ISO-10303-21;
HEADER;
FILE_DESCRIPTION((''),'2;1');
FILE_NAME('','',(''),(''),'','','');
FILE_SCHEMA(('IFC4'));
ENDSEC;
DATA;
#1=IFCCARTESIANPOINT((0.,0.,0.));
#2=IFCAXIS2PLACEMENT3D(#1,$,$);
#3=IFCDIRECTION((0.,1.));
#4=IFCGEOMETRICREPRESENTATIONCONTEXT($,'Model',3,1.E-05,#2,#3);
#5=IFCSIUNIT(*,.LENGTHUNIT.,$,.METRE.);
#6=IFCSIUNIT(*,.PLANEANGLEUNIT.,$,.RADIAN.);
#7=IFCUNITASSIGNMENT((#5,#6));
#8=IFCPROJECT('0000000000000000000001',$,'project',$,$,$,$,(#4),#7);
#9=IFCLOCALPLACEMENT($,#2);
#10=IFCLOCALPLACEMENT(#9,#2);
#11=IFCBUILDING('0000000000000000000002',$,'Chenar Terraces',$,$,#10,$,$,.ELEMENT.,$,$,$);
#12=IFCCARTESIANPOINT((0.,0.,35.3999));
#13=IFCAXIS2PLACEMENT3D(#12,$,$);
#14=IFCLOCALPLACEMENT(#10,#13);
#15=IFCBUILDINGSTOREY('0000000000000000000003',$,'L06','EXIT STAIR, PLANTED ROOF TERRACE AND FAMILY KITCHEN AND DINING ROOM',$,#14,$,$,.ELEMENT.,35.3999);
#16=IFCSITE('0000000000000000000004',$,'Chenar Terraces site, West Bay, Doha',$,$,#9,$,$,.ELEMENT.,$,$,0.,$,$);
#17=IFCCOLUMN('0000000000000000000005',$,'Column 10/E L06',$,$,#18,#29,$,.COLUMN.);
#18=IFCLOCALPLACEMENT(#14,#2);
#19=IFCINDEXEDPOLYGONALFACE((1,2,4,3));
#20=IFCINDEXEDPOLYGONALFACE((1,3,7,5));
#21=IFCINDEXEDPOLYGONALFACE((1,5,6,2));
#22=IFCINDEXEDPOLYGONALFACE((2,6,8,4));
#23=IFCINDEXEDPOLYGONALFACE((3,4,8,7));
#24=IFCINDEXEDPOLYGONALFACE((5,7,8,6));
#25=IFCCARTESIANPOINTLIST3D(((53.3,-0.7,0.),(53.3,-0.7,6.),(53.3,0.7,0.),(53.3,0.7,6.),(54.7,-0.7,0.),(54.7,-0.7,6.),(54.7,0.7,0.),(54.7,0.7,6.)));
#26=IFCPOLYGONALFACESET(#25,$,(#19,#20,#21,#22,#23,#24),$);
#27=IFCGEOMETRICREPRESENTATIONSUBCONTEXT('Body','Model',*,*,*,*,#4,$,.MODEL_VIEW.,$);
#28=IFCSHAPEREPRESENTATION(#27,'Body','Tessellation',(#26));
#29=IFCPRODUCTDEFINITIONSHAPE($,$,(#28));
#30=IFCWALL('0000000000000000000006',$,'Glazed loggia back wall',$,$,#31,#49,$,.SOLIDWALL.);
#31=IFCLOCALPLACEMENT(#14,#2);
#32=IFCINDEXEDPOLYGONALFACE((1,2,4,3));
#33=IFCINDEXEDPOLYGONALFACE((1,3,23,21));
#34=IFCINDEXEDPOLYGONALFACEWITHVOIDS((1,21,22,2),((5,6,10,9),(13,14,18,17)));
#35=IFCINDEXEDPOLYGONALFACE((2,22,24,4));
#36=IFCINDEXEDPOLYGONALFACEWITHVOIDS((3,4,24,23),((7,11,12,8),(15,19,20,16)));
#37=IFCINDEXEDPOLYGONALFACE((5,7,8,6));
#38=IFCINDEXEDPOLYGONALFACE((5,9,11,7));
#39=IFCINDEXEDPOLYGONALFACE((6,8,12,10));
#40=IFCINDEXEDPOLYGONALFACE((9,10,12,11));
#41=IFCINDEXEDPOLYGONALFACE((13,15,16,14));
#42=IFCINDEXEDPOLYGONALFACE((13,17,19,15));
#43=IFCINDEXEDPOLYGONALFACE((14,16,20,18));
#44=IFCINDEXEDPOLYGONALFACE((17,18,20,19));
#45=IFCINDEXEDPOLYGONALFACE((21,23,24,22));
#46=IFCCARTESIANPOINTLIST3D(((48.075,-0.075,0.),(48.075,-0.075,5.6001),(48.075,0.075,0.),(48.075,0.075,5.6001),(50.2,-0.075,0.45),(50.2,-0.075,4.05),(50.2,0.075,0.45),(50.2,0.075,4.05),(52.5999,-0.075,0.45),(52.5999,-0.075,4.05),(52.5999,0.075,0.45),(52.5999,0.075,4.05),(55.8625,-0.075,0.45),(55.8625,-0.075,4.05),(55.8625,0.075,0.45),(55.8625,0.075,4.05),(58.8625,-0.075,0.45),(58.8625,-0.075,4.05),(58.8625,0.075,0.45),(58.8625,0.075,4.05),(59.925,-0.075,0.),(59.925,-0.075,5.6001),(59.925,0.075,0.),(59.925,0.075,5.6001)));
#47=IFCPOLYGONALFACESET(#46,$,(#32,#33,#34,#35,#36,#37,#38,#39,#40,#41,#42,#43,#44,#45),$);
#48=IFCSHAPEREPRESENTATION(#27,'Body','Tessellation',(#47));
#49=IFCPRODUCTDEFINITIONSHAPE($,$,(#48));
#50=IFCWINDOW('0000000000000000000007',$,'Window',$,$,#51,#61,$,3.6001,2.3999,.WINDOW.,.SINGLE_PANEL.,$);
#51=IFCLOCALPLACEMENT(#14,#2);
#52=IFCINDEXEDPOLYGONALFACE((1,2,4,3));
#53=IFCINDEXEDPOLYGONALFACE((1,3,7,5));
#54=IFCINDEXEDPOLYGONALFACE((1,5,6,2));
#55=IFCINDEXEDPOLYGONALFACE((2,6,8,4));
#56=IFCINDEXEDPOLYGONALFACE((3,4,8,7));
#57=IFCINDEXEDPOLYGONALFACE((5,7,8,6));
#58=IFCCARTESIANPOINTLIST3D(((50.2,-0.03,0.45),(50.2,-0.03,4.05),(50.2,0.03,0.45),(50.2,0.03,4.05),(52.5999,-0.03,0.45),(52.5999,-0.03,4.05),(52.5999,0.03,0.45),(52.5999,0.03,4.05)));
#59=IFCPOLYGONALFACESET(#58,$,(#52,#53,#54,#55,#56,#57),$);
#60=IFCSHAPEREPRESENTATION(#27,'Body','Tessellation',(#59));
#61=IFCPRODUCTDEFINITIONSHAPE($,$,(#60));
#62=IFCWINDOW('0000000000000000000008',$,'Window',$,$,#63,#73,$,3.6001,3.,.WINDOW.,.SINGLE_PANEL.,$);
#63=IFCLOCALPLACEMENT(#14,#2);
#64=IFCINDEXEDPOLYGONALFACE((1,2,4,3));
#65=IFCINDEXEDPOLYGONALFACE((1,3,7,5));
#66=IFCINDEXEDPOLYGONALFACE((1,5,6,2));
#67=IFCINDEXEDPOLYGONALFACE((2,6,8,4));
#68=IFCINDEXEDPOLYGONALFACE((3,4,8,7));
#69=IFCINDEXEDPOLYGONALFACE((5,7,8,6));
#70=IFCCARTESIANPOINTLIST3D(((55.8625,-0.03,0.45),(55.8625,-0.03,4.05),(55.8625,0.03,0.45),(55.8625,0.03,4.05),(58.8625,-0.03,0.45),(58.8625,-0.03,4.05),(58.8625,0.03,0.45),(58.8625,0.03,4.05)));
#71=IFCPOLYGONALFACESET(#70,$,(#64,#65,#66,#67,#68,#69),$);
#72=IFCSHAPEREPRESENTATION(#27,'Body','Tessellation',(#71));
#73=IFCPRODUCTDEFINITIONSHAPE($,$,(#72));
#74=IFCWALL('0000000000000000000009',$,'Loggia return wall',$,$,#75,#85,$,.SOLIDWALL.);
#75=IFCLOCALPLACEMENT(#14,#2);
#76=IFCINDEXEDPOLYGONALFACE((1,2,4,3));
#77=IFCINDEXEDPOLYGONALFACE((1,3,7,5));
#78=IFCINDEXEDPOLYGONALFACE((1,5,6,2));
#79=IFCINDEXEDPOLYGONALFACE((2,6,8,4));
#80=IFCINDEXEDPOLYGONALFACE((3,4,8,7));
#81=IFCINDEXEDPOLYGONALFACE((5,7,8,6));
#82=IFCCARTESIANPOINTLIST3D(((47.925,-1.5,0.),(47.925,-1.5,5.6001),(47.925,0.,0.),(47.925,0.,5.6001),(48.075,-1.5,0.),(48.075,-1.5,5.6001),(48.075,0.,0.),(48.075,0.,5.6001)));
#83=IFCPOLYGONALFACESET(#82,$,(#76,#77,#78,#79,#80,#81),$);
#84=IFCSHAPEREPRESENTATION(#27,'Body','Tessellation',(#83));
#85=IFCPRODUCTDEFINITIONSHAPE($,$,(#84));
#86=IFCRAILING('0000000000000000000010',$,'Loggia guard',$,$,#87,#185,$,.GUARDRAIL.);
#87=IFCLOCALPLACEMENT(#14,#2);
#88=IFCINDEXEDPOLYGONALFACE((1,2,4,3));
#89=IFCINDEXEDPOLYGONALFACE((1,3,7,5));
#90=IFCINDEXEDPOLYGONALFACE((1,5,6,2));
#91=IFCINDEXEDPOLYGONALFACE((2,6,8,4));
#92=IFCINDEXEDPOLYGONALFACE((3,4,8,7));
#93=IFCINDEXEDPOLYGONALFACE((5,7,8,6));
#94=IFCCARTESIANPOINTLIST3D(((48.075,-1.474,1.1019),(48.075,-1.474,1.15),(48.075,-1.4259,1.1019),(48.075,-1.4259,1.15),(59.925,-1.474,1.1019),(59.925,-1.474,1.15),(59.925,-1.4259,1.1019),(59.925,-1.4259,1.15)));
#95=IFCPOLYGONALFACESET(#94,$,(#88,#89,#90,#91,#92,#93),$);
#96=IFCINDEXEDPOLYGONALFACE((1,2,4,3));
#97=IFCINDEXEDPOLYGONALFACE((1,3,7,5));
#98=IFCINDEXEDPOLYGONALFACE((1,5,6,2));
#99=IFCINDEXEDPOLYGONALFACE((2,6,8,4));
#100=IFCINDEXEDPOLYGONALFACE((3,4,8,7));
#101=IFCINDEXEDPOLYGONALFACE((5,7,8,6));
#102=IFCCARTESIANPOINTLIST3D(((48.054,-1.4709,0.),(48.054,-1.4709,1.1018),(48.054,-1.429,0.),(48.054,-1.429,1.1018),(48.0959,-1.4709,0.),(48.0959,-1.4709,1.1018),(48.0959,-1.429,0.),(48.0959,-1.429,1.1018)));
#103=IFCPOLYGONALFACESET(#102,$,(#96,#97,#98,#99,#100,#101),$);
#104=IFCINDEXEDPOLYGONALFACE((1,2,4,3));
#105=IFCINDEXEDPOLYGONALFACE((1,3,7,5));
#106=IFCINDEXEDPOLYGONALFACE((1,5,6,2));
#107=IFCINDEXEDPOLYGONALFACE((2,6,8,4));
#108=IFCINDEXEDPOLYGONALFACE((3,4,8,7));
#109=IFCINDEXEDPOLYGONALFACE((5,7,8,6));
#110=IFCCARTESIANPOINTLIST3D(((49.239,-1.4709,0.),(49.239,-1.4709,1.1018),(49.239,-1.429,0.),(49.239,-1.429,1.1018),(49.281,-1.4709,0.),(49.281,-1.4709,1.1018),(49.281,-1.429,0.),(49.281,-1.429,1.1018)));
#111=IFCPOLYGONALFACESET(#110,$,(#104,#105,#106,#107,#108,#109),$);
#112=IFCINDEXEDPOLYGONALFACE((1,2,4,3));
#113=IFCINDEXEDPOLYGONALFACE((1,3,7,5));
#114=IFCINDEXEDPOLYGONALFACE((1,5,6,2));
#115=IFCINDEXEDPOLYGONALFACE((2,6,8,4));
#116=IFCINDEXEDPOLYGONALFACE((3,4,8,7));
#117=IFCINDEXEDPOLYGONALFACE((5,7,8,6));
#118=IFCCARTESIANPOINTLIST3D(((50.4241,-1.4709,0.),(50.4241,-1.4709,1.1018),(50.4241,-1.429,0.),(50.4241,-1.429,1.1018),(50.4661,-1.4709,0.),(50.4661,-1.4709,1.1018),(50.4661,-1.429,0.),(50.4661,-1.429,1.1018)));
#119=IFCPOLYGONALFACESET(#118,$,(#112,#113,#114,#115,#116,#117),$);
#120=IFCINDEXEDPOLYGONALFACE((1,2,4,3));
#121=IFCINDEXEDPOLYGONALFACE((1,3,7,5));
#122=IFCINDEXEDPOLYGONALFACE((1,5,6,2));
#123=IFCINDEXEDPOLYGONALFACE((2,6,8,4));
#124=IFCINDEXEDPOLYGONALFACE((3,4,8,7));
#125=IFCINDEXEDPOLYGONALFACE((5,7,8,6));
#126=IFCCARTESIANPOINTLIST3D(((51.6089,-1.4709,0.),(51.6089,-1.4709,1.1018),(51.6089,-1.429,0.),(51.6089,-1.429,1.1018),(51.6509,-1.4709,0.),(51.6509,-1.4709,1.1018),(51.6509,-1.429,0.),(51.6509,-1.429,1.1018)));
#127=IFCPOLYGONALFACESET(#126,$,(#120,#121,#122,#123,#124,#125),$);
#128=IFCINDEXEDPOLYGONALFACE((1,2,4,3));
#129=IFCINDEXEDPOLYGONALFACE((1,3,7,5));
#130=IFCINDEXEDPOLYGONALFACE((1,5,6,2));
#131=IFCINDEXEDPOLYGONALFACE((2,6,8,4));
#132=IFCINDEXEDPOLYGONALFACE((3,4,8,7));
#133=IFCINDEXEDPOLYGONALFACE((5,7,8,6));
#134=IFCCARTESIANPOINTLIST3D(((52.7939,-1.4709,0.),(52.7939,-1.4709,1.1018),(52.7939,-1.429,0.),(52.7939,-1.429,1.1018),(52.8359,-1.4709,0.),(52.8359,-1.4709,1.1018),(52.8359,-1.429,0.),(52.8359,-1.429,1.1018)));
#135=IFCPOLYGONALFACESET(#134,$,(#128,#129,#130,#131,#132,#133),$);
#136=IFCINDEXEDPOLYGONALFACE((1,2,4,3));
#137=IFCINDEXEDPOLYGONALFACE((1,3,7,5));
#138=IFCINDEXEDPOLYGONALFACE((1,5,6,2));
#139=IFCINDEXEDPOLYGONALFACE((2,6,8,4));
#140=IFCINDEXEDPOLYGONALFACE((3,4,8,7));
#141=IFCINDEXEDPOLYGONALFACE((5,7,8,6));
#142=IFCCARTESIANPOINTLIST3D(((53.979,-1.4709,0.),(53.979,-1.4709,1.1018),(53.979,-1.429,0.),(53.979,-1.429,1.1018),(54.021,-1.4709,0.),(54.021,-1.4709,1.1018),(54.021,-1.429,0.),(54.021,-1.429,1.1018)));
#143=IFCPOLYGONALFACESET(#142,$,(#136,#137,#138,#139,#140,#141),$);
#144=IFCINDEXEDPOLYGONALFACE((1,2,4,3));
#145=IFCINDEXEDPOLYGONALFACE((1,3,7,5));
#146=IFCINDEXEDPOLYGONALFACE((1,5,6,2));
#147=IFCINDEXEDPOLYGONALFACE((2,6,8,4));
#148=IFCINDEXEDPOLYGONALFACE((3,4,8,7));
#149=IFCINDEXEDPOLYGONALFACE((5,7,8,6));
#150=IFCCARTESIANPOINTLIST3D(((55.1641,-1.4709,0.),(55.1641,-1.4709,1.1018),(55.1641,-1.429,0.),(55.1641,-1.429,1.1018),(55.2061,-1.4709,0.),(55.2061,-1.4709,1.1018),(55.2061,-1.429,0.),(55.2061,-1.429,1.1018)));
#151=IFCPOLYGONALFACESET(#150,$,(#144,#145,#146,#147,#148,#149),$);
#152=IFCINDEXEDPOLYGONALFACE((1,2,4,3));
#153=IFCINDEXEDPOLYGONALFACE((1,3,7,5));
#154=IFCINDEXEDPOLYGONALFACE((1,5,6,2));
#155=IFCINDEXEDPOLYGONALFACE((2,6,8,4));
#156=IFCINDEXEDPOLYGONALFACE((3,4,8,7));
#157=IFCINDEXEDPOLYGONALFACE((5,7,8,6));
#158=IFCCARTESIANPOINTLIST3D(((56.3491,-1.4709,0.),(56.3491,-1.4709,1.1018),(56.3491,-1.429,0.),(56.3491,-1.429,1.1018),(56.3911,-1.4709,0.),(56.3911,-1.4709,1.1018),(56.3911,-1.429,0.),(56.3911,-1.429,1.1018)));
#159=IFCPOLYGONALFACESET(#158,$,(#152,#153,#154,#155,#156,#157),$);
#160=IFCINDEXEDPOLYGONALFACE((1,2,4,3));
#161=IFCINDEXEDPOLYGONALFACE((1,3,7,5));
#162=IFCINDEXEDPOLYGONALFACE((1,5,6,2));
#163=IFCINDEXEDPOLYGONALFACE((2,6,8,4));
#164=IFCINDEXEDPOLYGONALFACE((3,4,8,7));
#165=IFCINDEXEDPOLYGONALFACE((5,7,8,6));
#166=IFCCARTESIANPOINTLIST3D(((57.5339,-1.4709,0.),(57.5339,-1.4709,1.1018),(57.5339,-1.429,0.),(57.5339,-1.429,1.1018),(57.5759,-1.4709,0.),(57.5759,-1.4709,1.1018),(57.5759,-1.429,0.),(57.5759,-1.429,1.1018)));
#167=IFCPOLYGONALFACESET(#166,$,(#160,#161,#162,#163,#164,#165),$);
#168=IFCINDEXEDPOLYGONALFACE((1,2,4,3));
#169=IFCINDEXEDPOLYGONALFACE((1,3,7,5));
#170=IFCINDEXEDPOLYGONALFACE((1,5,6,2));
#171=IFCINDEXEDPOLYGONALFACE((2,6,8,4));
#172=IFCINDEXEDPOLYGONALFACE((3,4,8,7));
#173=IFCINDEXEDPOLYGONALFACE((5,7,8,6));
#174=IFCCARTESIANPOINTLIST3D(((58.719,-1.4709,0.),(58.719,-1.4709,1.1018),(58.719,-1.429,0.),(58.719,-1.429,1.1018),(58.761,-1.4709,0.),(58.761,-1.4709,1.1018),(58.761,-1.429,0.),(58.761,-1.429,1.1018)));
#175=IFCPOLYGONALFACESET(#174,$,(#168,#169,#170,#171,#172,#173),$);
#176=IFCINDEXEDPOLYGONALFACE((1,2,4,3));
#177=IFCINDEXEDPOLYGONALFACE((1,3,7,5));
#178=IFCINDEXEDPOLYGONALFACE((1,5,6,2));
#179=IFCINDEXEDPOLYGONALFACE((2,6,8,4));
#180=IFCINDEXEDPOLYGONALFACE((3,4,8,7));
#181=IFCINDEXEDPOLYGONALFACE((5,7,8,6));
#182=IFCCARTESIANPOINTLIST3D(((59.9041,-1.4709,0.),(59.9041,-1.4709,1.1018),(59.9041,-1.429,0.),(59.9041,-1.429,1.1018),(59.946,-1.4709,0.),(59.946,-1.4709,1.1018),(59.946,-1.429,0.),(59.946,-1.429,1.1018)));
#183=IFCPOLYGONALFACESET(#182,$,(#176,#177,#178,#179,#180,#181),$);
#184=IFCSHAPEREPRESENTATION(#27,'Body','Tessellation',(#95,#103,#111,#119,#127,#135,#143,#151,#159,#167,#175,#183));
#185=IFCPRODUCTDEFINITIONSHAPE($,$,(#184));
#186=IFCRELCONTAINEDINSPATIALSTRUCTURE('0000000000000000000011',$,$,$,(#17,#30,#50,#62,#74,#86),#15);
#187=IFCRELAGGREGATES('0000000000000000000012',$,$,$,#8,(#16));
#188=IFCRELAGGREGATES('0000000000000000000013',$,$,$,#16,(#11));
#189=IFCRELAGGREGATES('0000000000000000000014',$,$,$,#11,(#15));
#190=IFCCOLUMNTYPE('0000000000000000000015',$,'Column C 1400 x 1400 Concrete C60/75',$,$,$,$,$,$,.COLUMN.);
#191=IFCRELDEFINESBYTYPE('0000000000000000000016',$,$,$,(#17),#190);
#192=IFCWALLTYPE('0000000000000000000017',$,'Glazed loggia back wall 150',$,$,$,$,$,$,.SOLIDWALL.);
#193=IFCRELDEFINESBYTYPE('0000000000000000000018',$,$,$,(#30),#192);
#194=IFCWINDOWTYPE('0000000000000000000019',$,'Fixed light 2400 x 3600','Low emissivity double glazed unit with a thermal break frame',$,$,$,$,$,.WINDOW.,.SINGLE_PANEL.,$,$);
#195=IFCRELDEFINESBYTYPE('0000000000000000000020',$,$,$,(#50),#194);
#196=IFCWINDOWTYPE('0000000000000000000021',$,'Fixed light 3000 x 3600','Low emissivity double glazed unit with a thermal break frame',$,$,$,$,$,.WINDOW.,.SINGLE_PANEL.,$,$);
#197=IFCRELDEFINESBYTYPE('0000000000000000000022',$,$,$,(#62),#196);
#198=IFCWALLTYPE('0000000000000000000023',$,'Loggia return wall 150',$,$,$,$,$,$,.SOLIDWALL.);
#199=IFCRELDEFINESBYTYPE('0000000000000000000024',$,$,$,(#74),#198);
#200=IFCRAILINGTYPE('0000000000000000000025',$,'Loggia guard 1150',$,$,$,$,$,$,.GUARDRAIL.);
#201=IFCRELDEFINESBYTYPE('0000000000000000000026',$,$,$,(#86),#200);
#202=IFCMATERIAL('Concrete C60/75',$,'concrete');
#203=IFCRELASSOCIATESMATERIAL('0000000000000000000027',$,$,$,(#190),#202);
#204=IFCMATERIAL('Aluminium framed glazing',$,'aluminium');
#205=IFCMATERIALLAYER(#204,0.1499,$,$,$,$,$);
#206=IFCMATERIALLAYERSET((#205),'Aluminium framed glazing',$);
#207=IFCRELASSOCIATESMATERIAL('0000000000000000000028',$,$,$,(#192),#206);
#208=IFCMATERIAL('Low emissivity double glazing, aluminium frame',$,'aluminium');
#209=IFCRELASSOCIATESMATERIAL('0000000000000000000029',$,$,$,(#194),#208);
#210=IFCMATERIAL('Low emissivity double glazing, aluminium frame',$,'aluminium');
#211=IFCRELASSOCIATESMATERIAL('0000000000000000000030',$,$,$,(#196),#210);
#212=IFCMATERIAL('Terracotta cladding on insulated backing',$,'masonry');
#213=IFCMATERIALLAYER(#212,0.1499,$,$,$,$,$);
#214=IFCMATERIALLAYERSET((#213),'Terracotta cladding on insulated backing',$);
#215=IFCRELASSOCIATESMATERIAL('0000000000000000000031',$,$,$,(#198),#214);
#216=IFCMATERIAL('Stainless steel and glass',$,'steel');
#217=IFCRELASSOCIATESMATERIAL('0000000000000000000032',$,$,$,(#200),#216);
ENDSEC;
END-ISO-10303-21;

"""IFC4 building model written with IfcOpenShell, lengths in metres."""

from ifc_helpers import new_model, si_unit, direction, frame, frame_2d, origin, origin_2d, place, context, subcontext, project, spatial, rectangle, extrude, material, layer, layer_set, material_profile, profile_set, type_object, element, fill, save


model = new_model("IFC4")

# Units and contexts
model_context = context("Model", 3, precision=1e-05, world=origin(), true_north=direction((0.0, 1.0)))
body_context = subcontext(model_context, "Body", "Model", "MODEL_VIEW")
ifc_project = project(units=[si_unit("LENGTHUNIT", "METRE"), si_unit("PLANEANGLEUNIT", "RADIAN")], contexts=[model_context])

# Site, building, storey
site_placement = place(None, origin())
site = spatial("IfcSite", under=ifc_project, at=site_placement, Name="Chenar Terraces site, West Bay, Doha", CompositionType="ELEMENT", RefElevation=0.0)
building_placement = place(site_placement, origin())
building = spatial("IfcBuilding", under=site, at=building_placement, Name="Chenar Terraces", CompositionType="ELEMENT")
storey_placement = place(building_placement, frame((0.0, 0.0, 35.3999)))
storey = spatial("IfcBuildingStorey", under=building, at=storey_placement, Name="L06", Description="EXIT STAIR, PLANTED ROOF TERRACE AND FAMILY KITCHEN AND DINING ROOM", CompositionType="ELEMENT", Elevation=35.3999)

# Column
ifc_material_1 = material(Name="Concrete C60/75", Category="concrete")
ifc_material_profile_1 = material_profile(ifc_material_1, rectangle(XDim=1.3999, YDim=1.3999, at=origin_2d()), Name="C 1400 x 1400")
ifc_profile_set_1 = profile_set([ifc_material_profile_1], Name="Concrete C60/75")
column_type = type_object("IfcColumnType", Name="Column C 1400 x 1400 Concrete C60/75", PredefinedType="COLUMN", material=ifc_profile_set_1)
column_placement = place(storey_placement, frame((54.0, 0.0, 0.0), z_axis=(0.0, 0.0, 1.0), x_axis=(1.0, 0.0, 0.0)))
element("IfcColumn", 1, at=column_placement, inside=storey, type_object=column_type, Name="Column 10/E L06", PredefinedType="COLUMN", context=body_context, shape_type="SweptSolid", body=[
    extrude(rectangle(XDim=1.3999, YDim=1.3999, at=origin_2d()), origin(), (0.0, 0.0, 1.0), 6.0),
])

# Wall, openings, windows
ifc_material_2 = material(Name="Aluminium framed glazing", Category="aluminium")
ifc_layer_1 = layer(ifc_material_2, 0.1499)
ifc_layer_set_1 = layer_set([ifc_layer_1], Name="Aluminium framed glazing")
wall_type_1 = type_object("IfcWallType", Name="Glazed loggia back wall 150", PredefinedType="SOLIDWALL", material=ifc_layer_set_1)
wall_1_placement = place(storey_placement, frame((48.075, 0.0, 0.0), z_axis=(0.0, 0.0, 1.0), x_axis=(1.0, 0.0, 0.0)))
wall_1 = element("IfcWall", 2, at=wall_1_placement, inside=storey, type_object=wall_type_1, Name="Glazed loggia back wall", PredefinedType="SOLIDWALL", context=body_context, shape_type="SweptSolid", body=[
    extrude(rectangle(XDim=11.8501, YDim=0.1499, at=frame_2d((5.925, 0.0))), origin(), (0.0, 0.0, 1.0), 5.6001),
])
opening_1_placement = place(wall_1_placement, frame((2.125, 0.0, 0.45)))
opening_1 = element("IfcOpeningElement", 3, at=opening_1_placement, cuts=wall_1, PredefinedType="OPENING", context=body_context, shape_type="SweptSolid", body=[
    extrude(rectangle(XDim=2.3999, YDim=3.6001, at=frame_2d((1.2, 1.8))), frame((0.0, 0.085, 0.0), z_axis=(0.0, -1.0, 0.0), x_axis=(1.0, 0.0, 0.0)), (0.0, 0.0, 1.0), 0.1699),
])
opening_2_placement = place(wall_1_placement, frame((7.7876, 0.0, 0.45)))
opening_2 = element("IfcOpeningElement", 4, at=opening_2_placement, cuts=wall_1, PredefinedType="OPENING", context=body_context, shape_type="SweptSolid", body=[
    extrude(rectangle(XDim=3.0, YDim=3.6001, at=frame_2d((1.5, 1.8))), frame((0.0, 0.085, 0.0), z_axis=(0.0, -1.0, 0.0), x_axis=(1.0, 0.0, 0.0)), (0.0, 0.0, 1.0), 0.1699),
])
ifc_material_3 = material(Name="Low emissivity double glazing, aluminium frame", Category="aluminium")
window_type_1 = type_object("IfcWindowType", Name="Fixed light 2400 x 3600", Description="Low emissivity double glazed unit with a thermal break frame", PartitioningType="SINGLE_PANEL", PredefinedType="WINDOW", material=ifc_material_3)
window_1_placement = place(opening_1_placement, origin())
window_1 = element("IfcWindow", 5, at=window_1_placement, inside=storey, type_object=window_type_1, Name="Window", OverallHeight=3.6001, OverallWidth=2.3999, PartitioningType="SINGLE_PANEL", PredefinedType="WINDOW", context=body_context, shape_type="SweptSolid", body=[
    extrude(rectangle(XDim=2.3999, YDim=3.6001, at=frame_2d((1.2, 1.8))), frame((0.0, 0.03, 0.0), z_axis=(0.0, -1.0, 0.0), x_axis=(1.0, 0.0, 0.0)), (0.0, 0.0, 1.0), 0.0601),
])
fill(opening_1, window_1)
ifc_material_4 = material(Name="Low emissivity double glazing, aluminium frame", Category="aluminium")
window_type_2 = type_object("IfcWindowType", Name="Fixed light 3000 x 3600", Description="Low emissivity double glazed unit with a thermal break frame", PartitioningType="SINGLE_PANEL", PredefinedType="WINDOW", material=ifc_material_4)
window_2_placement = place(opening_2_placement, origin())
window_2 = element("IfcWindow", 6, at=window_2_placement, inside=storey, type_object=window_type_2, Name="Window", OverallHeight=3.6001, OverallWidth=3.0, PartitioningType="SINGLE_PANEL", PredefinedType="WINDOW", context=body_context, shape_type="SweptSolid", body=[
    extrude(rectangle(XDim=3.0, YDim=3.6001, at=frame_2d((1.5, 1.8))), frame((0.0, 0.03, 0.0), z_axis=(0.0, -1.0, 0.0), x_axis=(1.0, 0.0, 0.0)), (0.0, 0.0, 1.0), 0.0601),
])
fill(opening_2, window_2)

# Wall
ifc_material_5 = material(Name="Terracotta cladding on insulated backing", Category="masonry")
ifc_layer_2 = layer(ifc_material_5, 0.1499)
ifc_layer_set_2 = layer_set([ifc_layer_2], Name="Terracotta cladding on insulated backing")
wall_type_2 = type_object("IfcWallType", Name="Loggia return wall 150", PredefinedType="SOLIDWALL", material=ifc_layer_set_2)
wall_2_placement = place(storey_placement, frame((48.0, -1.5, 0.0), z_axis=(0.0, 0.0, 1.0), x_axis=(0.0, 1.0, 0.0)))
element("IfcWall", 7, at=wall_2_placement, inside=storey, type_object=wall_type_2, Name="Loggia return wall", PredefinedType="SOLIDWALL", context=body_context, shape_type="SweptSolid", body=[
    extrude(rectangle(XDim=1.5, YDim=0.1499, at=frame_2d((0.75, 0.0))), origin(), (0.0, 0.0, 1.0), 5.6001),
])

# Railing
ifc_material_6 = material(Name="Stainless steel and glass", Category="steel")
railing_type_1 = type_object("IfcRailingType", Name="Loggia guard 1150", PredefinedType="GUARDRAIL", material=ifc_material_6)
railing_1_placement = place(storey_placement, frame((48.075, -1.45, 0.0)))
element("IfcRailing", 8, at=railing_1_placement, inside=storey, type_object=railing_type_1, Name="Loggia guard", PredefinedType="GUARDRAIL", context=body_context, shape_type="SweptSolid", body=[
    extrude(rectangle(XDim=0.0481, YDim=0.0481, at=origin_2d()), frame((0.0, 0.0, 1.126), z_axis=(1.0, 0.0, 0.0), x_axis=(0.0, 1.0, 0.0)), (0.0, 0.0, 1.0), 11.8501),
    extrude(rectangle(XDim=0.042, YDim=0.042, at=origin_2d()), origin(), (0.0, 0.0, 1.0), 1.1018),
    extrude(rectangle(XDim=0.042, YDim=0.042, at=origin_2d()), frame((1.1851, 0.0, 0.0)), (0.0, 0.0, 1.0), 1.1018),
    extrude(rectangle(XDim=0.042, YDim=0.042, at=origin_2d()), frame((2.3701, 0.0, 0.0)), (0.0, 0.0, 1.0), 1.1018),
    extrude(rectangle(XDim=0.042, YDim=0.042, at=origin_2d()), frame((3.5549, 0.0, 0.0)), (0.0, 0.0, 1.0), 1.1018),
    extrude(rectangle(XDim=0.042, YDim=0.042, at=origin_2d()), frame((4.74, 0.0, 0.0)), (0.0, 0.0, 1.0), 1.1018),
    extrude(rectangle(XDim=0.042, YDim=0.042, at=origin_2d()), frame((5.925, 0.0, 0.0)), (0.0, 0.0, 1.0), 1.1018),
    extrude(rectangle(XDim=0.042, YDim=0.042, at=origin_2d()), frame((7.1101, 0.0, 0.0)), (0.0, 0.0, 1.0), 1.1018),
    extrude(rectangle(XDim=0.042, YDim=0.042, at=origin_2d()), frame((8.2952, 0.0, 0.0)), (0.0, 0.0, 1.0), 1.1018),
    extrude(rectangle(XDim=0.042, YDim=0.042, at=origin_2d()), frame((9.48, 0.0, 0.0)), (0.0, 0.0, 1.0), 1.1018),
    extrude(rectangle(XDim=0.042, YDim=0.042, at=origin_2d()), frame((10.665, 0.0, 0.0)), (0.0, 0.0, 1.0), 1.1018),
    extrude(rectangle(XDim=0.042, YDim=0.042, at=origin_2d()), frame((11.8501, 0.0, 0.0)), (0.0, 0.0, 1.0), 1.1018),
])

save(model, "model.ifc")
